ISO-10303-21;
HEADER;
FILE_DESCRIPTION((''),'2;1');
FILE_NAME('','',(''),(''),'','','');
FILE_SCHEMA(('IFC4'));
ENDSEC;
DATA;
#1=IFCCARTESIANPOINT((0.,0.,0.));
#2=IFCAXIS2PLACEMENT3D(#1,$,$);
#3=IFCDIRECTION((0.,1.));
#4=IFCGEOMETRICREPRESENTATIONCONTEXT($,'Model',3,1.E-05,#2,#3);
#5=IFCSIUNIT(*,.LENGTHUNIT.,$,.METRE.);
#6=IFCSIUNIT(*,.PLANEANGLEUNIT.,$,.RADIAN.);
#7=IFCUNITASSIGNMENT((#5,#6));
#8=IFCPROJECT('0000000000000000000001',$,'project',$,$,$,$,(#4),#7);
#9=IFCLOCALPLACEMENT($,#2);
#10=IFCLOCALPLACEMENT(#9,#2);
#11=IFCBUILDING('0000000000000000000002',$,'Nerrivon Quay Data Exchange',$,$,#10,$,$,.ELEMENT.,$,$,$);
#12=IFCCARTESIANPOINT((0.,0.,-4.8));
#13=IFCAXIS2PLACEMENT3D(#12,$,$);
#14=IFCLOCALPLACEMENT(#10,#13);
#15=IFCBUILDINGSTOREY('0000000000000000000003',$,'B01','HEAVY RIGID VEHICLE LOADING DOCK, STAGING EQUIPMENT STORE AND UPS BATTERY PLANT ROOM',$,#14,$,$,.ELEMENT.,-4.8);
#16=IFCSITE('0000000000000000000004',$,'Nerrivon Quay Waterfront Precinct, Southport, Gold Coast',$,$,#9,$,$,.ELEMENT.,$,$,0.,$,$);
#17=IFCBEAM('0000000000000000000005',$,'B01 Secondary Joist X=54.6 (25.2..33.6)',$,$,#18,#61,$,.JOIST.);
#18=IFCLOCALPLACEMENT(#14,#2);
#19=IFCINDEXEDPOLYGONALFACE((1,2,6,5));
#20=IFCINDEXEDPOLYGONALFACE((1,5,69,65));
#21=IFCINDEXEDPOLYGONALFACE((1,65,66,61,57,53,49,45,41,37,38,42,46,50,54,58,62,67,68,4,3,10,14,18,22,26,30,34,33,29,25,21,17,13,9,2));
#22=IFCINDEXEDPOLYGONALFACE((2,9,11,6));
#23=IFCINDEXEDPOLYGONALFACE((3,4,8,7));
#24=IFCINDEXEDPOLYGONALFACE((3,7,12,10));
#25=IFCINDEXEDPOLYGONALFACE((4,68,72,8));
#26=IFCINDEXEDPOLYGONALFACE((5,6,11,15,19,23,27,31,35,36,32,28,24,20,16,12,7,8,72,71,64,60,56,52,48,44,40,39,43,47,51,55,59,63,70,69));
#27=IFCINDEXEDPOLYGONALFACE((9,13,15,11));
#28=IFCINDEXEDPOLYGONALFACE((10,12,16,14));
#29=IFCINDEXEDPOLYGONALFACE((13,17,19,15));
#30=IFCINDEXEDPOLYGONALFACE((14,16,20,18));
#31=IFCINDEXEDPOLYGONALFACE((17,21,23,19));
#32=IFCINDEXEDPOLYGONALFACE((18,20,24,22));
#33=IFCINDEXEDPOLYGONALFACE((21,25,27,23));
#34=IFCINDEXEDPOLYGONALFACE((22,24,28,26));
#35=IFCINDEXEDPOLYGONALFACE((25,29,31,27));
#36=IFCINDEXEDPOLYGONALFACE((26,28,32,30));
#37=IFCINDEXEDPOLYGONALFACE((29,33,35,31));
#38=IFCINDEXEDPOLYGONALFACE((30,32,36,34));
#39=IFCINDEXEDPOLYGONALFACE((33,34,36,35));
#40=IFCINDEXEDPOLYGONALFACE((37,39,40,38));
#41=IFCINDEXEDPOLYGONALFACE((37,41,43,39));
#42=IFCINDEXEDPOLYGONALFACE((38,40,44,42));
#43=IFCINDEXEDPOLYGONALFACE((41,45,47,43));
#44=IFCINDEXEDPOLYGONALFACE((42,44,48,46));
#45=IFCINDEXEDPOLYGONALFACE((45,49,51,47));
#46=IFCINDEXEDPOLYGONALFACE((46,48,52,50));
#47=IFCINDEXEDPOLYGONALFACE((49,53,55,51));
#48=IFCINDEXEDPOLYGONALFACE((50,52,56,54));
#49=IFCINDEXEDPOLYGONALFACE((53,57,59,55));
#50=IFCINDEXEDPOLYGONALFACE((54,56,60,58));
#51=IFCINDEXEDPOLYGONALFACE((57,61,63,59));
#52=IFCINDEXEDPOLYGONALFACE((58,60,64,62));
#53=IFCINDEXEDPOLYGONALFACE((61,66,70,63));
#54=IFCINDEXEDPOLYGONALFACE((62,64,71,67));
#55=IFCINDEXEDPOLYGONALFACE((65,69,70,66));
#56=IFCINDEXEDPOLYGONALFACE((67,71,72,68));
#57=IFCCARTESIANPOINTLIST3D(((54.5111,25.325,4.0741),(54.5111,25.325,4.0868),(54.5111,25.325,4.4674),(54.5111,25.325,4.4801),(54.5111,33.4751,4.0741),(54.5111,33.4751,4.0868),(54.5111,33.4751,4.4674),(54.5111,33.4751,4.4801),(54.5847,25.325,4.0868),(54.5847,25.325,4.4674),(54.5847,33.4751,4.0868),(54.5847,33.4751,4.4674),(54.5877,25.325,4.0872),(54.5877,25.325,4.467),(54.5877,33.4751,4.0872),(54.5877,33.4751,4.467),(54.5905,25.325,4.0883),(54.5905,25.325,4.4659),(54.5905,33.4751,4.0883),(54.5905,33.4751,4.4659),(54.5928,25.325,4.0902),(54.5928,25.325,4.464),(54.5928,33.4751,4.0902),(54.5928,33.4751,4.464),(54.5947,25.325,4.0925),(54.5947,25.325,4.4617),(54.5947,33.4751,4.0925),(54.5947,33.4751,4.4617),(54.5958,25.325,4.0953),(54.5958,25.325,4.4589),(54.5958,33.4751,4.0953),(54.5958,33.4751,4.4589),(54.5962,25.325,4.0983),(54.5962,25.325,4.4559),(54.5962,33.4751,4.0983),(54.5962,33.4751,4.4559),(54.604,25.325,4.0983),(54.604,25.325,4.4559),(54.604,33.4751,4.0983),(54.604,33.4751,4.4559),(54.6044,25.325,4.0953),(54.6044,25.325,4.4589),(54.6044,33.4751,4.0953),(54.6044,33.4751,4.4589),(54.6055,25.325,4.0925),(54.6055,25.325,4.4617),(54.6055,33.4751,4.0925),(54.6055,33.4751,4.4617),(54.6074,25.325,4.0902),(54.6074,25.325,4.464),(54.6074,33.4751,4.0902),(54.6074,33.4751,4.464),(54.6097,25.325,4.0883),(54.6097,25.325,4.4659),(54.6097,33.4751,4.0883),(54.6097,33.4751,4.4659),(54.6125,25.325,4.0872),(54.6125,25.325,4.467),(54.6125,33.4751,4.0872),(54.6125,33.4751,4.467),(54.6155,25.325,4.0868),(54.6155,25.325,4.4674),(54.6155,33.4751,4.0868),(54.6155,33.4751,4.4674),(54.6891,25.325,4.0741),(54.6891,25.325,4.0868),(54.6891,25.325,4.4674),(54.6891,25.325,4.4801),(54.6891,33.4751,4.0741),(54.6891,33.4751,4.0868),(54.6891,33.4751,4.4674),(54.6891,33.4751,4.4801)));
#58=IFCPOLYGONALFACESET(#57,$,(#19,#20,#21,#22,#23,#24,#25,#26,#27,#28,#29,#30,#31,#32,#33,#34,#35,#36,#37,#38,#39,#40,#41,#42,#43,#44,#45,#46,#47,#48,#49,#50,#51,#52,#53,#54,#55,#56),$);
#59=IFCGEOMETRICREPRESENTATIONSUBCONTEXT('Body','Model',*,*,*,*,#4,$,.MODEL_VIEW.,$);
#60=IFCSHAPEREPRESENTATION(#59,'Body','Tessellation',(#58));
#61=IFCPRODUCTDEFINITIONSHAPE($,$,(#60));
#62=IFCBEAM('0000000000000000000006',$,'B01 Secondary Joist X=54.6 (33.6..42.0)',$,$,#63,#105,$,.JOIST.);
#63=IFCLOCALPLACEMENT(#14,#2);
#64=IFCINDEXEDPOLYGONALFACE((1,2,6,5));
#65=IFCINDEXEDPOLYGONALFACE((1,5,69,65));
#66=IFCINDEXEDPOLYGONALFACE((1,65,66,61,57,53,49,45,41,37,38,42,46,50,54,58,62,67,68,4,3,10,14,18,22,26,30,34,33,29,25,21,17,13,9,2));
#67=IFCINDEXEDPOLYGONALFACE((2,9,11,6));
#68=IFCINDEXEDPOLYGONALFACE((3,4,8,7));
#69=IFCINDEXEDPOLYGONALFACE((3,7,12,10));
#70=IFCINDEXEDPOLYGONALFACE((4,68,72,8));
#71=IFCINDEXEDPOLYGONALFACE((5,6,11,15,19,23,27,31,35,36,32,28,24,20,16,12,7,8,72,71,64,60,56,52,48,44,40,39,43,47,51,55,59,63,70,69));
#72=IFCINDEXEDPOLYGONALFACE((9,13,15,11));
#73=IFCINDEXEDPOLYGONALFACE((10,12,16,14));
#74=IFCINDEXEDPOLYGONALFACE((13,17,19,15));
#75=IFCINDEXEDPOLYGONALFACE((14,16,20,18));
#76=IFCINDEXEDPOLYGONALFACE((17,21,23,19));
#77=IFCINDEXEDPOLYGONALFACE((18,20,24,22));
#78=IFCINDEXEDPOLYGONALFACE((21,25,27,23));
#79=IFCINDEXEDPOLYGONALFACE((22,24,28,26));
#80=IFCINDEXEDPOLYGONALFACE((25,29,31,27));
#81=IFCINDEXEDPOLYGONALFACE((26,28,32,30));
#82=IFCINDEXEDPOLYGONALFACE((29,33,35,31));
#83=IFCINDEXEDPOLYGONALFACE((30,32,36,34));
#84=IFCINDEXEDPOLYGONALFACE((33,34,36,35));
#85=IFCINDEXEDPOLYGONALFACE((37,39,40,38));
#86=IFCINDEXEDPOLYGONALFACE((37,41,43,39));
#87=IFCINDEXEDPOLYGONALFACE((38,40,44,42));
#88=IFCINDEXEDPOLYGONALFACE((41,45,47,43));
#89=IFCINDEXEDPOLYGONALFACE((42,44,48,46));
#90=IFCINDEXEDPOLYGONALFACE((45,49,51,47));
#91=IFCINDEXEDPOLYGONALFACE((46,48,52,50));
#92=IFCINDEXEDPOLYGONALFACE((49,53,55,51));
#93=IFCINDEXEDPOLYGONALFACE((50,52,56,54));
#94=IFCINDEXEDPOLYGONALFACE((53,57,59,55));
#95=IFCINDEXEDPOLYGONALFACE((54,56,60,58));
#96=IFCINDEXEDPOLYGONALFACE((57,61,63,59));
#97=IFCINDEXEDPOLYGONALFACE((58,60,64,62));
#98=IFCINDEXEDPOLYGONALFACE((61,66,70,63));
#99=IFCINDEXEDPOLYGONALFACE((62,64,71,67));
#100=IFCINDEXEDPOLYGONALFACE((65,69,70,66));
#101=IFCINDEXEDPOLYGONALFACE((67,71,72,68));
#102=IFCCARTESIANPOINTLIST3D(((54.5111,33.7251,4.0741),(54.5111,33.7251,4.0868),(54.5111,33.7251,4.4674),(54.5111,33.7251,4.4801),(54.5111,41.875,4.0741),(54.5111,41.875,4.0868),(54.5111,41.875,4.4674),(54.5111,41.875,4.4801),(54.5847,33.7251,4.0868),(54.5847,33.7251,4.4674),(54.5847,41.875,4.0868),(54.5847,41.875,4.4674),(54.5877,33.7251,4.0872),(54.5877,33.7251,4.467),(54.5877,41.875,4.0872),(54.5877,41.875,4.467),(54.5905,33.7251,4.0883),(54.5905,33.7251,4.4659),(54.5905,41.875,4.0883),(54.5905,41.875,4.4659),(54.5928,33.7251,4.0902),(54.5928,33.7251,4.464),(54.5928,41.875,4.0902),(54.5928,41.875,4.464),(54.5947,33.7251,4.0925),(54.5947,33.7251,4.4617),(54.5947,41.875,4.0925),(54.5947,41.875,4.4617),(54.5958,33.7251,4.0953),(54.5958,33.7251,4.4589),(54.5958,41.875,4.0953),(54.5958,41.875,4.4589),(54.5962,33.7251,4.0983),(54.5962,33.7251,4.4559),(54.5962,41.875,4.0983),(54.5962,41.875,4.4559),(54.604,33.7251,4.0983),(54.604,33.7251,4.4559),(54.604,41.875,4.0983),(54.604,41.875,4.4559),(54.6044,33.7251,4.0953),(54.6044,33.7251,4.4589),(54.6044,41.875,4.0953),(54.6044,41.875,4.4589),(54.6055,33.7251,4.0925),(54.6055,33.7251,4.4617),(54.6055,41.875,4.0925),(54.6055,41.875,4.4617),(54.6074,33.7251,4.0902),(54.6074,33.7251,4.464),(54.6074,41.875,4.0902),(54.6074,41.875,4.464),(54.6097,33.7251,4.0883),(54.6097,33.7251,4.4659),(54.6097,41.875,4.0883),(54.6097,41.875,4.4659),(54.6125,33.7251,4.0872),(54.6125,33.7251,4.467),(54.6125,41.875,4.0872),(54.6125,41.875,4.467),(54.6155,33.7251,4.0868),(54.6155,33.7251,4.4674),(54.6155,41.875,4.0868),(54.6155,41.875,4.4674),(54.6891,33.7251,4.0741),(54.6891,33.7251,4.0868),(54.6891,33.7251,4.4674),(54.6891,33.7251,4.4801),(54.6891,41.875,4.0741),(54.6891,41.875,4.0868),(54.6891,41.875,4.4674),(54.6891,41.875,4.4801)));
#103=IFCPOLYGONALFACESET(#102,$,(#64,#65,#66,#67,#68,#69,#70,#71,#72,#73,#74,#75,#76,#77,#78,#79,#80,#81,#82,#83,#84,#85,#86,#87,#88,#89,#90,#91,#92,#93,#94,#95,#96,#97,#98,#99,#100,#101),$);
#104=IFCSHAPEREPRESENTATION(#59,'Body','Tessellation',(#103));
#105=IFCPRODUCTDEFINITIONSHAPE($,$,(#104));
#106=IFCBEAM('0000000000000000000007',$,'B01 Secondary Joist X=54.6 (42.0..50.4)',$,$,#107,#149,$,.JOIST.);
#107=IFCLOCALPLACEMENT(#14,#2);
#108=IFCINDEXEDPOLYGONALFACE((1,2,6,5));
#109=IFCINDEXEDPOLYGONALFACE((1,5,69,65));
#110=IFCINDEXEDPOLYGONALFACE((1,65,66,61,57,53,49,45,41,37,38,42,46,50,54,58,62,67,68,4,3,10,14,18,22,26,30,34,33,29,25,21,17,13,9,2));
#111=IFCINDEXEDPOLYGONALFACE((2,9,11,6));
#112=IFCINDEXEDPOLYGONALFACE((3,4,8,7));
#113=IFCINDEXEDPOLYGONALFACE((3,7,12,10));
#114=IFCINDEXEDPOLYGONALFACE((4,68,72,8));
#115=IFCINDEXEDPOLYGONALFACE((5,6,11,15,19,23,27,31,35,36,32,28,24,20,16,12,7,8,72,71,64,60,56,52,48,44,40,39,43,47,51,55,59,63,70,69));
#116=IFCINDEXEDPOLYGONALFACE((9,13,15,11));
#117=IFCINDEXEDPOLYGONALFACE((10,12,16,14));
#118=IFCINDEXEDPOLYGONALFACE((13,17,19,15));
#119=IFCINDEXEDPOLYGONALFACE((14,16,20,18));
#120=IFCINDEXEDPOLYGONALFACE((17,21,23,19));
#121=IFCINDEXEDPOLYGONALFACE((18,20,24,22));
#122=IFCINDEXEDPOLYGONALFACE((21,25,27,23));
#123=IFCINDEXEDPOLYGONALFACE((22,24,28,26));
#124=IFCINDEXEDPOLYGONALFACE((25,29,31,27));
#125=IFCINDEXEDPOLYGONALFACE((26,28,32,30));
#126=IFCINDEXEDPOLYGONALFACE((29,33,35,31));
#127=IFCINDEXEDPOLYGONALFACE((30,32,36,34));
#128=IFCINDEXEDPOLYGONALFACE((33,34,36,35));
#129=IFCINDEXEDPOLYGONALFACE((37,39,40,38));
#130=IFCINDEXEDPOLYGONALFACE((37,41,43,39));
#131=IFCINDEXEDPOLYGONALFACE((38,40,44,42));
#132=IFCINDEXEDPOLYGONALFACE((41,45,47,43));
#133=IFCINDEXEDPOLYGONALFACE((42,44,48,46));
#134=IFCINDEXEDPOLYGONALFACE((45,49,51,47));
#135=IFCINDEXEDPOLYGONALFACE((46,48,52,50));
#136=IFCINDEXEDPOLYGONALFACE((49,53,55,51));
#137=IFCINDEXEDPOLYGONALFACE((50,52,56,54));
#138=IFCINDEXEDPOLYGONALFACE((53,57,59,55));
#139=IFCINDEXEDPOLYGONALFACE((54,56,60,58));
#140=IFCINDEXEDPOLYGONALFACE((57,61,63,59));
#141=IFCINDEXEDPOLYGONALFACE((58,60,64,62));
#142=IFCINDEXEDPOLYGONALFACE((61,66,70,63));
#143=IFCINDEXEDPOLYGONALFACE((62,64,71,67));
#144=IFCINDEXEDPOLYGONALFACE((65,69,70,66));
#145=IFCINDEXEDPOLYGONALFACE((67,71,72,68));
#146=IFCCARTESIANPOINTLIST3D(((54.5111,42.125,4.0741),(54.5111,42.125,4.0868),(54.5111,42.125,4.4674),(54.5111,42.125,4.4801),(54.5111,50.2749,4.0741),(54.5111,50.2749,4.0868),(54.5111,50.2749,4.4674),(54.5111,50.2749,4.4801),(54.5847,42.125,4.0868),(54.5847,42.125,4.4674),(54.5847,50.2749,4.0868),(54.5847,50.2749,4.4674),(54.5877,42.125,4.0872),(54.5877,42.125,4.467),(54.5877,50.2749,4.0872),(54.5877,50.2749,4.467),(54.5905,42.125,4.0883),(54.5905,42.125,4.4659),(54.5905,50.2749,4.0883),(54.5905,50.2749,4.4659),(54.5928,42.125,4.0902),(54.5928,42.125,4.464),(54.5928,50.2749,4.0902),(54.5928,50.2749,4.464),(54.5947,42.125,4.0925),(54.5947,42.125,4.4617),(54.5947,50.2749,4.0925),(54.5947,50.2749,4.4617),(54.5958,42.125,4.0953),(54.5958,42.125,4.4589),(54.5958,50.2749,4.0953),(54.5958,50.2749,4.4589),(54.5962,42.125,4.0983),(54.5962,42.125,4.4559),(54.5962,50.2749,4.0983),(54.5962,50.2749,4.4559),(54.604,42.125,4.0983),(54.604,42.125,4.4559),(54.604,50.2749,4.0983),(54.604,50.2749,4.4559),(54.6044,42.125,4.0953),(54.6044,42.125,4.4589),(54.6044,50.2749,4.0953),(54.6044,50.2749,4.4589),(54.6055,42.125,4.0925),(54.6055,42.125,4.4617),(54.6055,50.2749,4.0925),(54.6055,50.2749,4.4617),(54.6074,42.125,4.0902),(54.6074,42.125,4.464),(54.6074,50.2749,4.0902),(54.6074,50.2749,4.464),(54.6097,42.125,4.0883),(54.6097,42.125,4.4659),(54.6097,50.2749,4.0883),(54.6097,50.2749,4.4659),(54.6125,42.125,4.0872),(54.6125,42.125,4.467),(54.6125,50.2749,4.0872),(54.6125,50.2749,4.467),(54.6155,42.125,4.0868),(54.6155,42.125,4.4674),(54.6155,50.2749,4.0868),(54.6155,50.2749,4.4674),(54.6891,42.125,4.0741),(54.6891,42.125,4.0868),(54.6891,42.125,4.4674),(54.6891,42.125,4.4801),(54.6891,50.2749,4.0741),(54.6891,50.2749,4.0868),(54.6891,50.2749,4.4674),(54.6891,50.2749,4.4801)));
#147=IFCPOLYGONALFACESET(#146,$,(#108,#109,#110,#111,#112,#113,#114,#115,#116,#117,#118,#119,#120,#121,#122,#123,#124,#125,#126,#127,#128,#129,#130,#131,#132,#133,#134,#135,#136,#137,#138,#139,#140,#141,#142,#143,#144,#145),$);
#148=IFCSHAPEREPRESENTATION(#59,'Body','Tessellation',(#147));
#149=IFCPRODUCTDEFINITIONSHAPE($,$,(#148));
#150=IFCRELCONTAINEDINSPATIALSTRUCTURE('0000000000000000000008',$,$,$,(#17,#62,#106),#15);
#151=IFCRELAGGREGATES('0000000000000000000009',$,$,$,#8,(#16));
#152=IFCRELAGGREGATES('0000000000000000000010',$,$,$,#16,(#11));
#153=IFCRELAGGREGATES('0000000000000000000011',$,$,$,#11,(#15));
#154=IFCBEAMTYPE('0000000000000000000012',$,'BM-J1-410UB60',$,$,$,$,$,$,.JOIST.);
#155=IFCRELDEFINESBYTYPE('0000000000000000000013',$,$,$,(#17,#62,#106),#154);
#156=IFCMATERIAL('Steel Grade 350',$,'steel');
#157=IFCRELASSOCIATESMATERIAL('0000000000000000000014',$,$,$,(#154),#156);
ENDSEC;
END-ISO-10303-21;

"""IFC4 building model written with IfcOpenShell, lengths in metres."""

from ifc_helpers import new_model, si_unit, direction, frame, origin, origin_2d, place, context, subcontext, project, spatial, i_section, extrude, material, material_profile, profile_set, type_object, element, save


model = new_model("IFC4")

# Units and contexts
model_context = context("Model", 3, precision=1e-05, world=origin(), true_north=direction((0.0, 1.0)))
body_context = subcontext(model_context, "Body", "Model", "MODEL_VIEW")
ifc_project = project(units=[si_unit("LENGTHUNIT", "METRE"), si_unit("PLANEANGLEUNIT", "RADIAN")], contexts=[model_context])

# Site, building, storey
site_placement = place(None, origin())
site = spatial("IfcSite", under=ifc_project, at=site_placement, Name="Nerrivon Quay Waterfront Precinct, Southport, Gold Coast", CompositionType="ELEMENT", RefElevation=0.0)
building_placement = place(site_placement, origin())
building = spatial("IfcBuilding", under=site, at=building_placement, Name="Nerrivon Quay Data Exchange", CompositionType="ELEMENT")
storey_placement = place(building_placement, frame((0.0, 0.0, -4.8)))
storey = spatial("IfcBuildingStorey", under=building, at=storey_placement, Name="B01", Description="HEAVY RIGID VEHICLE LOADING DOCK, STAGING EQUIPMENT STORE AND UPS BATTERY PLANT ROOM", CompositionType="ELEMENT", Elevation=-4.8)

# Beams
ifc_material_1 = material(Name="Steel Grade 350", Category="steel")
ifc_material_profile_1 = material_profile(ifc_material_1, i_section(OverallWidth=0.178, OverallDepth=0.406, WebThickness=0.0078, FlangeThickness=0.0127, FilletRadius=0.0115, at=origin_2d()), Name="410UB59.7")
ifc_profile_set_1 = profile_set([ifc_material_profile_1], Name="Steel Grade 350")
beam_type_1 = type_object("IfcBeamType", Name="BM-J1-410UB60", PredefinedType="JOIST", material=ifc_profile_set_1)
beam_placement = place(storey_placement, frame((54.6001, 25.325, 4.2771), z_axis=(0.0, 1.0, 0.0), x_axis=(-1.0, 0.0, 0.0)))
element("IfcBeam", 1, at=beam_placement, inside=storey, type_object=beam_type_1, Name="B01 Secondary Joist X=54.6 (25.2..33.6)", PredefinedType="JOIST", context=body_context, shape_type="SweptSolid", body=[
    extrude(i_section(OverallWidth=0.178, OverallDepth=0.406, WebThickness=0.0078, FlangeThickness=0.0127, FilletRadius=0.0115, at=origin_2d()), origin(), (0.0, 0.0, 1.0), 8.1501),
])
for number, where, z_axis, x_axis, name in (
    (2, (54.6001, 33.7251, 4.2771), (0.0, 1.0, 0.0), (-1.0, 0.0, 0.0), "B01 Secondary Joist X=54.6 (33.6..42.0)"),
    (3, (54.6001, 42.125, 4.2771), (0.0, 1.0, 0.0), (-1.0, 0.0, 0.0), "B01 Secondary Joist X=54.6 (42.0..50.4)"),
):
    element("IfcBeam", number, at=place(storey_placement, frame(where, z_axis=z_axis, x_axis=x_axis)), inside=storey, type_object=beam_type_1, Name=name, PredefinedType="JOIST", context=body_context, shape_type="SweptSolid", body=[
        extrude(i_section(OverallWidth=0.178, OverallDepth=0.406, WebThickness=0.0078, FlangeThickness=0.0127, FilletRadius=0.0115, at=origin_2d()), origin(), (0.0, 0.0, 1.0), 8.1499),
    ])

save(model, "model.ifc")
